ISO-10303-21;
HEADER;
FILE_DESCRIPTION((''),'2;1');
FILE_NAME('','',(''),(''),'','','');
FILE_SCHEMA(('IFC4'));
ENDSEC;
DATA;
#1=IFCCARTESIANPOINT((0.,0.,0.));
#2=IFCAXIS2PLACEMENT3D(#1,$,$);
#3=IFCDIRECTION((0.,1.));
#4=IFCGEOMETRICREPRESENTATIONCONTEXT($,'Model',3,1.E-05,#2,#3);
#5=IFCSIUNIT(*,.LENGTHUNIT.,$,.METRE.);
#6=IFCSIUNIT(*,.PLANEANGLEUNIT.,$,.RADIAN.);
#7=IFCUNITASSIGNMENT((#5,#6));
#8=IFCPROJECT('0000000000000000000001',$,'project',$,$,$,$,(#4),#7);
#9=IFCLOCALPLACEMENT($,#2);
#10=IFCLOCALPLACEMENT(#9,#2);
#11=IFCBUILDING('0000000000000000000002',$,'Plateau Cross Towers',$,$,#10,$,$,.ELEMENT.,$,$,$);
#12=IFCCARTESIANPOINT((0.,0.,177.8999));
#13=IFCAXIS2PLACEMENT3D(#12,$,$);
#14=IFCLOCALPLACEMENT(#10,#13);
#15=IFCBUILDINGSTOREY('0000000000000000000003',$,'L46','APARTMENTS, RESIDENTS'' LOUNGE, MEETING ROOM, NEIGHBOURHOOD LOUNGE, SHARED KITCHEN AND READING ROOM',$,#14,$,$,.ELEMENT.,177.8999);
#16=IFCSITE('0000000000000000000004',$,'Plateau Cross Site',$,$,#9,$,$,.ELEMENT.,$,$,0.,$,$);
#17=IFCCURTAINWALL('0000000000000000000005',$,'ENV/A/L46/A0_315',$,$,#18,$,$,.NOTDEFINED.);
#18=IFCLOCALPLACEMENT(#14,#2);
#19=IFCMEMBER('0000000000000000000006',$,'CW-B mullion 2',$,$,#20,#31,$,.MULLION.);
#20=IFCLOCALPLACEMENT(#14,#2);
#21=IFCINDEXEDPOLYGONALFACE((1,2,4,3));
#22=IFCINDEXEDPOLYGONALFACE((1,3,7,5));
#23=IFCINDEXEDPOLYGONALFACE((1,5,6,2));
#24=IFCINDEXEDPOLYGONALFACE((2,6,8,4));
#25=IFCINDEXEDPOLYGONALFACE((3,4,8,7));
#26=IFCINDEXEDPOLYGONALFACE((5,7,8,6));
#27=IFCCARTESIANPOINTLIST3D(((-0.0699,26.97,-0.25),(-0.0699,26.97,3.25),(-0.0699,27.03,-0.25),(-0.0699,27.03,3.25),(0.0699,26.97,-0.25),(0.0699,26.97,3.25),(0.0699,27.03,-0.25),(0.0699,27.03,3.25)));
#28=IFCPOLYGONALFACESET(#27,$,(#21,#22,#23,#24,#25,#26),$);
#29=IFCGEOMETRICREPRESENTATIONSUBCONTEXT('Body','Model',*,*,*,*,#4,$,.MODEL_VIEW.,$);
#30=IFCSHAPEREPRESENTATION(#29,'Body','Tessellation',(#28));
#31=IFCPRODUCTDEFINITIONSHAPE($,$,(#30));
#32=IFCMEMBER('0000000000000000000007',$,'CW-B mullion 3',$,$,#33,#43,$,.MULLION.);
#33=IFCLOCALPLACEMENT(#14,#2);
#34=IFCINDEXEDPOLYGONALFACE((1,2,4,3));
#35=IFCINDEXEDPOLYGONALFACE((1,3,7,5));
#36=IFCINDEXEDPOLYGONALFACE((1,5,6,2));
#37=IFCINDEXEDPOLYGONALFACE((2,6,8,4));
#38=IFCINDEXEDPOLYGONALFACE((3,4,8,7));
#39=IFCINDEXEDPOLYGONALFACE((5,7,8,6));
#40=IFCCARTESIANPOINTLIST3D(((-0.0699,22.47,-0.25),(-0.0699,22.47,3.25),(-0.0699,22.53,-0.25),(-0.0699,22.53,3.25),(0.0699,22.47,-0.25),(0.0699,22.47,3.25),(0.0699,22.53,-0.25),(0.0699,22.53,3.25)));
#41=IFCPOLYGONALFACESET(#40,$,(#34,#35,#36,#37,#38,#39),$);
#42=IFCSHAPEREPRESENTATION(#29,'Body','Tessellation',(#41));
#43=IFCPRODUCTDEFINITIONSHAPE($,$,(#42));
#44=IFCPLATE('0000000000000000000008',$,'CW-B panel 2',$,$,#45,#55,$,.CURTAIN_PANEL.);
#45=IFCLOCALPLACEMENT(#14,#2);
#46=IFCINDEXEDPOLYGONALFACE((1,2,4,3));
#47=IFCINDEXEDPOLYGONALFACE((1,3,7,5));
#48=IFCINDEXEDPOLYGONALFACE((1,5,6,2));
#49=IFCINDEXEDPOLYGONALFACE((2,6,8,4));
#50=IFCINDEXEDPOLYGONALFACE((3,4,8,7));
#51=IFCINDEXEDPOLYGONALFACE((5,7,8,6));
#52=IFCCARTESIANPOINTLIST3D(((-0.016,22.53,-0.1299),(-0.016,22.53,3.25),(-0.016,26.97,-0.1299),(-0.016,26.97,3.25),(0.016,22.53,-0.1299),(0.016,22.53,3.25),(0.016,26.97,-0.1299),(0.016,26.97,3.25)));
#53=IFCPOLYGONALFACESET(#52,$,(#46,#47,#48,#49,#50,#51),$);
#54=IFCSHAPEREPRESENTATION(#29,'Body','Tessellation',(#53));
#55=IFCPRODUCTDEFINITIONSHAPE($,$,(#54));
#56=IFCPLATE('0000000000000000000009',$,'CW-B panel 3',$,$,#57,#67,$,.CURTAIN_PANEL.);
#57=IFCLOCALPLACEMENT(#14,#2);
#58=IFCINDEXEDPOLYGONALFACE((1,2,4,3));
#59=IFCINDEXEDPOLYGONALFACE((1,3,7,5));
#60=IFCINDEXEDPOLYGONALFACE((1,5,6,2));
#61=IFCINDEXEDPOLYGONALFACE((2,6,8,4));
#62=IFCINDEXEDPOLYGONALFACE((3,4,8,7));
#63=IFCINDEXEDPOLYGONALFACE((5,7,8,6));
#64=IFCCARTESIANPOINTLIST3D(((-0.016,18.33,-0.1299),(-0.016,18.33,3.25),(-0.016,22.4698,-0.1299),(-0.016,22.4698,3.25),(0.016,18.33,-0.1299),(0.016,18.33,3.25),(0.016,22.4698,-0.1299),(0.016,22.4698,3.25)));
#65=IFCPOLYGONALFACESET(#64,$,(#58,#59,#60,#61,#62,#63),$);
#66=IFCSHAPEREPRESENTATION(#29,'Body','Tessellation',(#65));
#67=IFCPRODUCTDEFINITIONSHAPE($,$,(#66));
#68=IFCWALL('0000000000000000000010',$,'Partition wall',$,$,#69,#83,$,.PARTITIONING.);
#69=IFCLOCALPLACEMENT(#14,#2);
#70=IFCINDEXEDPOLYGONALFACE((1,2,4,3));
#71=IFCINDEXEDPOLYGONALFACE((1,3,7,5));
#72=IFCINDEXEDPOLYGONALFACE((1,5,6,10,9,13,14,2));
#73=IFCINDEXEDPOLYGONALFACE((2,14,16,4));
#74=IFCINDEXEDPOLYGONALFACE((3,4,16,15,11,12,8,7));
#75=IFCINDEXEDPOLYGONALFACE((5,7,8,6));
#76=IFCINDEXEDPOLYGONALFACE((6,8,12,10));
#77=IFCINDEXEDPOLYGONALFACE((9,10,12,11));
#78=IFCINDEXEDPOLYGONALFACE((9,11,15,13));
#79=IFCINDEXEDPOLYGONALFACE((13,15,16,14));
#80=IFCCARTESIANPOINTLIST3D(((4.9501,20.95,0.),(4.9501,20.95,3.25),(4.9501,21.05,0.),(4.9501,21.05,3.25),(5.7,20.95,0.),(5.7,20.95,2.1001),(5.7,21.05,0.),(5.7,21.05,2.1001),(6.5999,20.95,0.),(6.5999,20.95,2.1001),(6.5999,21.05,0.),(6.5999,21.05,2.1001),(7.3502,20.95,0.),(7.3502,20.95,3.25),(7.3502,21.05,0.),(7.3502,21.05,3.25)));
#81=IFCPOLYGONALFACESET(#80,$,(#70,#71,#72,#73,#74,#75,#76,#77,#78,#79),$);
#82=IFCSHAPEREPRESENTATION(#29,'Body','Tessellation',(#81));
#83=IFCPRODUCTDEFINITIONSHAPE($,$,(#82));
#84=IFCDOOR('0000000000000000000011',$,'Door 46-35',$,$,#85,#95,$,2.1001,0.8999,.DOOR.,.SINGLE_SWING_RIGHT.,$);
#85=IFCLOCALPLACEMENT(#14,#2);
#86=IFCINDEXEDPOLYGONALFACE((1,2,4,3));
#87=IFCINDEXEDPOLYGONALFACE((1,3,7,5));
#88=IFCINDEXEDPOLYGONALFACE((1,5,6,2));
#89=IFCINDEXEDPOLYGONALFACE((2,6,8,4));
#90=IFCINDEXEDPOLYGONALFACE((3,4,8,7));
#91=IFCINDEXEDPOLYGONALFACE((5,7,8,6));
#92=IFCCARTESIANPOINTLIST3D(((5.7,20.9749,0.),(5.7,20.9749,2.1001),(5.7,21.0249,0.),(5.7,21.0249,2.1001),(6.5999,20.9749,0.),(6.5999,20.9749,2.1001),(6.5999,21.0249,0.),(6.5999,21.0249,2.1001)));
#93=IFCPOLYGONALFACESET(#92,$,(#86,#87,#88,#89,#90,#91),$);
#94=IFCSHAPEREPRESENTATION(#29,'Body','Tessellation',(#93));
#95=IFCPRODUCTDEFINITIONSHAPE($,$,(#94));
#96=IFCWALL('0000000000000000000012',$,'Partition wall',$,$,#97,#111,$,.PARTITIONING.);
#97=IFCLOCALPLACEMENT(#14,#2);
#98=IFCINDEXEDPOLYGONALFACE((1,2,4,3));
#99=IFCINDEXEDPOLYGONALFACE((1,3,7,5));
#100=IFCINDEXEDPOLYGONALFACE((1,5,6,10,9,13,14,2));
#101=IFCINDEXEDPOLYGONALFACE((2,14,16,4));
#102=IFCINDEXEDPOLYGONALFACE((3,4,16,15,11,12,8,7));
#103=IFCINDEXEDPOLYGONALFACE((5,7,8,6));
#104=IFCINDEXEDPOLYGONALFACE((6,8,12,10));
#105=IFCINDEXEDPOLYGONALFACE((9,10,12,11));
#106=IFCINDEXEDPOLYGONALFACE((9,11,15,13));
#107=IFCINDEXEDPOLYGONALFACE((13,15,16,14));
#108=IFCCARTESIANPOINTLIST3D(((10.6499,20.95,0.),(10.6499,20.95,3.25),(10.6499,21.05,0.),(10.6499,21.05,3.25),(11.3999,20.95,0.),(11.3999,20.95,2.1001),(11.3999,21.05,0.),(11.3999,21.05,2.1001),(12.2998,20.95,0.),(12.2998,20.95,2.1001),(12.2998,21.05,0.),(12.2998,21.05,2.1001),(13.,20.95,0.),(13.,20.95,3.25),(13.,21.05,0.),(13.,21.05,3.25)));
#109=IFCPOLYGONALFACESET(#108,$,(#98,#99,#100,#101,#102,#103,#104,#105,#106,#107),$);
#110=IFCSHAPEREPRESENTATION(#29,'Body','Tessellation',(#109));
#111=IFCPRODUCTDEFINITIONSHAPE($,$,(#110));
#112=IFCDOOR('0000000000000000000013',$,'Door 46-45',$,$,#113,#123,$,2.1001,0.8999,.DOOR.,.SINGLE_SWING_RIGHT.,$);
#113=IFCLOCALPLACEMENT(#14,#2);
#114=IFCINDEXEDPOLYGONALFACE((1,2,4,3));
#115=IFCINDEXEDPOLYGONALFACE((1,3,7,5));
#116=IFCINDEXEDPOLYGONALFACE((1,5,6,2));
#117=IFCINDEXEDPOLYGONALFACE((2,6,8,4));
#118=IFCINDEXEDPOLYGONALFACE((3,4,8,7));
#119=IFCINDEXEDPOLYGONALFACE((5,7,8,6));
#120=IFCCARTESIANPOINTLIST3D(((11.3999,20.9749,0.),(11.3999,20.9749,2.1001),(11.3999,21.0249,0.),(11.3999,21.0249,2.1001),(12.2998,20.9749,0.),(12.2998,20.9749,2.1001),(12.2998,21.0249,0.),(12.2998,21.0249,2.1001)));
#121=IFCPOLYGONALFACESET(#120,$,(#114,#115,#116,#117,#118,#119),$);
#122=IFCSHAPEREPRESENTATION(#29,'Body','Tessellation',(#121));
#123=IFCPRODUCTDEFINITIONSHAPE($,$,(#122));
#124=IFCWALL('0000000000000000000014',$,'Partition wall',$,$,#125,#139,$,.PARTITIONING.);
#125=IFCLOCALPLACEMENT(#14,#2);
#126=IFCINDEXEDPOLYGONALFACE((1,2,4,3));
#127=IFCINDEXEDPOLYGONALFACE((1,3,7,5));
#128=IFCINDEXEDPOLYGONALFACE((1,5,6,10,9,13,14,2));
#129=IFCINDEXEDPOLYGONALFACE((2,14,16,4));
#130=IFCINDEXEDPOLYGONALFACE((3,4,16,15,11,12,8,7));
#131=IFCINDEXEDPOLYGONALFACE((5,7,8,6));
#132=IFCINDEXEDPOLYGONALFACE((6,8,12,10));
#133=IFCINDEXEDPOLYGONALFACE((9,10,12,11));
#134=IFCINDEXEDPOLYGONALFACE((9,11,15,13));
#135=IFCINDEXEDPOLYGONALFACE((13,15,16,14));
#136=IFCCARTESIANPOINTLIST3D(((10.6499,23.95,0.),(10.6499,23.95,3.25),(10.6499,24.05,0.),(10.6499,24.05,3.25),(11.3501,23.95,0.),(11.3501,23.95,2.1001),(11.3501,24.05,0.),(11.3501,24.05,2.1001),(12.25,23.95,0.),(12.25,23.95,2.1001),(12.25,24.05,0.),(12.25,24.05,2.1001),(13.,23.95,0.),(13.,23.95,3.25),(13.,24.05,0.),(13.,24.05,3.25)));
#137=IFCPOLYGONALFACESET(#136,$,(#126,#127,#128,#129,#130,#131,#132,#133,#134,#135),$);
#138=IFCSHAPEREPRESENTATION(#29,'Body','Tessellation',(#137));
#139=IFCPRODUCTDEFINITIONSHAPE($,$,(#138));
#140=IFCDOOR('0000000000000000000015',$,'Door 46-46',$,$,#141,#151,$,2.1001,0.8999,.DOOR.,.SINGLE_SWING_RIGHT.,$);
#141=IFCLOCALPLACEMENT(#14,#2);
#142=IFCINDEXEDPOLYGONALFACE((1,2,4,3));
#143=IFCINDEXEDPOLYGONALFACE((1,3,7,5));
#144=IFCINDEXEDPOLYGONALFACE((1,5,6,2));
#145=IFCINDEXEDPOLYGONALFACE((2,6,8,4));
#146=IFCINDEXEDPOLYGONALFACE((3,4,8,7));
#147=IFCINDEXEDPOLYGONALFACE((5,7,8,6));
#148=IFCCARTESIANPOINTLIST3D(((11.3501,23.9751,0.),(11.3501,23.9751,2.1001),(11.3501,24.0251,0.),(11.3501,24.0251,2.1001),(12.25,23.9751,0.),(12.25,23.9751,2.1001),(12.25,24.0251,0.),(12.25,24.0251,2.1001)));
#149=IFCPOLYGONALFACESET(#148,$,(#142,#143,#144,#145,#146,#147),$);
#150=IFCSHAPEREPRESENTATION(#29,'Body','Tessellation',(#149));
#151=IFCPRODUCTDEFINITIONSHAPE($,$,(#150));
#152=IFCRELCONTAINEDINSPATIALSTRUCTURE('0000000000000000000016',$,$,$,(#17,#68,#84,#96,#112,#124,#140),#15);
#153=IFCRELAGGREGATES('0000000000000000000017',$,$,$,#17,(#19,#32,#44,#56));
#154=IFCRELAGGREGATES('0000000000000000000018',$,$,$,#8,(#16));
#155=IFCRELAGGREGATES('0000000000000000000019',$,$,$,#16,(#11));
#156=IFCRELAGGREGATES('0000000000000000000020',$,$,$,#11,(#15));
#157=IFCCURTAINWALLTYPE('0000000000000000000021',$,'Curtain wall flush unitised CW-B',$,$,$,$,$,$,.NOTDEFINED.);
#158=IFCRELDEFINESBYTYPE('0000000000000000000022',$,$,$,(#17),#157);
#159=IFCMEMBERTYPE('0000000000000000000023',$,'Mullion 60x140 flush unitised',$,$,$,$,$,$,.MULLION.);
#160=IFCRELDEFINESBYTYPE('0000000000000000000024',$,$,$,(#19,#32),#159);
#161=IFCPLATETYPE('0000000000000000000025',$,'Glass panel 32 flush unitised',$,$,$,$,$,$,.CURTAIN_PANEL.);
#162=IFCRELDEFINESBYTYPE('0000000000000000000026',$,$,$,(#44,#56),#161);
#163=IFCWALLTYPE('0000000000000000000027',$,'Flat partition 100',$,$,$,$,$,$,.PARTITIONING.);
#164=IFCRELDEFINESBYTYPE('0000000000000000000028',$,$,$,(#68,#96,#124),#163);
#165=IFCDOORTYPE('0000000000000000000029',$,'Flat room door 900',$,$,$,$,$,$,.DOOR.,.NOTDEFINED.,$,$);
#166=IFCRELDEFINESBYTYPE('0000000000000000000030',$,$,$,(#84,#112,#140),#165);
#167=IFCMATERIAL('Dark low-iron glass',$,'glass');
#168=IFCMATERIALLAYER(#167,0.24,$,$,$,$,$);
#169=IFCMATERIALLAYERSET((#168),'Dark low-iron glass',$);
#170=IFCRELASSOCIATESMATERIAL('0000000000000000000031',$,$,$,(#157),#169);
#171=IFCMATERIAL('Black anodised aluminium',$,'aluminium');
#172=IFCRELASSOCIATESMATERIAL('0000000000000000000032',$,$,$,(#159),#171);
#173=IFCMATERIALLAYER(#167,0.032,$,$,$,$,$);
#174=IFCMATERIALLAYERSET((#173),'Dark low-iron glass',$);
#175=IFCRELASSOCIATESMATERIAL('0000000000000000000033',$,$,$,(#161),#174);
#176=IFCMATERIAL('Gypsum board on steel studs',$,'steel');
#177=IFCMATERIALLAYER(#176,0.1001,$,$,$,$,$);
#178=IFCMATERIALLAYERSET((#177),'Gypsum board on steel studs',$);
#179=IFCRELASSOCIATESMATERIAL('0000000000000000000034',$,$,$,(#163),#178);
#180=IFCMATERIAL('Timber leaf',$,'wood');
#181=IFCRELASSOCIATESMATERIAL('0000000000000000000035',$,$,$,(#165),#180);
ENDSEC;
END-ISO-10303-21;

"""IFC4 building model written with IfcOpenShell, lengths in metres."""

from ifc_helpers import new_model, si_unit, direction, frame, frame_2d, origin, origin_2d, place, context, subcontext, project, spatial, rectangle, extrude, material, layer, layer_set, material_profile, profile_set, type_object, element, fill, aggregate, save


model = new_model("IFC4")

# Units and contexts
model_context = context("Model", 3, precision=1e-05, world=origin(), true_north=direction((0.0, 1.0)))
body_context = subcontext(model_context, "Body", "Model", "MODEL_VIEW")
ifc_project = project(units=[si_unit("LENGTHUNIT", "METRE"), si_unit("PLANEANGLEUNIT", "RADIAN")], contexts=[model_context])

# Site, building, storey
site_placement = place(None, origin())
site = spatial("IfcSite", under=ifc_project, at=site_placement, Name="Plateau Cross Site", CompositionType="ELEMENT", RefElevation=0.0)
building_placement = place(site_placement, origin())
building = spatial("IfcBuilding", under=site, at=building_placement, Name="Plateau Cross Towers", CompositionType="ELEMENT")
storey_placement = place(building_placement, frame((0.0, 0.0, 177.8999)))
storey = spatial("IfcBuildingStorey", under=building, at=storey_placement, Name="L46", Description="APARTMENTS, RESIDENTS' LOUNGE, MEETING ROOM, NEIGHBOURHOOD LOUNGE, SHARED KITCHEN AND READING ROOM", CompositionType="ELEMENT", Elevation=177.8999)

# Curtain wall, members, plates
ifc_material_1 = material(Name="Dark low-iron glass", Category="glass")
ifc_layer_1 = layer(ifc_material_1, 0.24)
ifc_layer_set_1 = layer_set([ifc_layer_1], Name="Dark low-iron glass")
curtain_wall_type = type_object("IfcCurtainWallType", Name="Curtain wall flush unitised CW-B", PredefinedType="NOTDEFINED", material=ifc_layer_set_1)
curtain_wall_placement = place(storey_placement, origin())
curtain_wall = element("IfcCurtainWall", 1, at=curtain_wall_placement, inside=storey, type_object=curtain_wall_type, Name="ENV/A/L46/A0_315", PredefinedType="NOTDEFINED")
ifc_material_2 = material(Name="Black anodised aluminium", Category="aluminium")
ifc_material_profile = material_profile(ifc_material_2, rectangle(XDim=0.0601, YDim=0.1399, at=origin_2d()), Name="MULLION 60x140")
ifc_profile_set = profile_set([ifc_material_profile], Name="Black anodised aluminium")
member_type = type_object("IfcMemberType", Name="Mullion 60x140 flush unitised", PredefinedType="MULLION", material=ifc_profile_set)
member_1_placement = place(storey_placement, frame((0.0, 27.0, -0.25), z_axis=(0.0, 0.0, 1.0), x_axis=(0.0, -1.0, 0.0)))
member_1 = element("IfcMember", 2, at=member_1_placement, type_object=member_type, Name="CW-B mullion 2", PredefinedType="MULLION", context=body_context, shape_type="SweptSolid", body=[
    extrude(rectangle(XDim=0.0601, YDim=0.1399, at=origin_2d()), origin(), (0.0, 0.0, 1.0), 3.5),
])
member_2_placement = place(storey_placement, frame((0.0, 22.5, -0.25), z_axis=(0.0, 0.0, 1.0), x_axis=(0.0, -1.0, 0.0)))
member_2 = element("IfcMember", 3, at=member_2_placement, type_object=member_type, Name="CW-B mullion 3", PredefinedType="MULLION", context=body_context, shape_type="SweptSolid", body=[
    extrude(rectangle(XDim=0.0601, YDim=0.1399, at=origin_2d()), origin(), (0.0, 0.0, 1.0), 3.5),
])
ifc_layer_2 = layer(ifc_material_1, 0.032)
ifc_layer_set_2 = layer_set([ifc_layer_2], Name="Dark low-iron glass")
plate_type = type_object("IfcPlateType", Name="Glass panel 32 flush unitised", PredefinedType="CURTAIN_PANEL", material=ifc_layer_set_2)
plate_1_placement = place(storey_placement, frame((0.0, 24.75, -0.1299), z_axis=(0.0, 0.0, 1.0), x_axis=(0.0, -1.0, 0.0)))
plate_1 = element("IfcPlate", 4, at=plate_1_placement, type_object=plate_type, Name="CW-B panel 2", PredefinedType="CURTAIN_PANEL", context=body_context, shape_type="SweptSolid", body=[
    extrude(rectangle(XDim=4.4399, YDim=0.032, at=origin_2d()), origin(), (0.0, 0.0, 1.0), 3.3799),
])
plate_2_placement = place(storey_placement, frame((0.0, 20.3999, -0.1299), z_axis=(0.0, 0.0, 1.0), x_axis=(0.0, -1.0, 0.0)))
plate_2 = element("IfcPlate", 5, at=plate_2_placement, type_object=plate_type, Name="CW-B panel 3", PredefinedType="CURTAIN_PANEL", context=body_context, shape_type="SweptSolid", body=[
    extrude(rectangle(XDim=4.1399, YDim=0.032, at=origin_2d()), origin(), (0.0, 0.0, 1.0), 3.3799),
])
aggregate(curtain_wall, [member_1, member_2, plate_1, plate_2])

# Walls, openings, doors
ifc_material_3 = material(Name="Gypsum board on steel studs", Category="steel")
ifc_layer_3 = layer(ifc_material_3, 0.1001)
ifc_layer_set_3 = layer_set([ifc_layer_3], Name="Gypsum board on steel studs")
wall_type_1 = type_object("IfcWallType", Name="Flat partition 100", PredefinedType="PARTITIONING", material=ifc_layer_set_3)
wall_1_placement = place(storey_placement, frame((4.95, 21.0, 0.0), z_axis=(0.0, 0.0, 1.0), x_axis=(1.0, 0.0, 0.0)))
wall_1 = element("IfcWall", 6, at=wall_1_placement, inside=storey, type_object=wall_type_1, Name="Partition wall", PredefinedType="PARTITIONING", context=body_context, shape_type="SweptSolid", body=[
    extrude(rectangle(XDim=2.4001, YDim=0.1001, at=frame_2d((1.2002, 0.0))), origin(), (0.0, 0.0, 1.0), 3.25),
])
opening_1_placement = place(wall_1_placement, frame((0.75, 0.0, 0.0)))
opening_1 = element("IfcOpeningElement", 7, at=opening_1_placement, cuts=wall_1, PredefinedType="OPENING", context=body_context, shape_type="SweptSolid", body=[
    extrude(rectangle(XDim=0.8999, YDim=2.1001, at=frame_2d((0.45, 1.05))), frame((0.0, 0.0601, 0.0), z_axis=(0.0, -1.0, 0.0), x_axis=(1.0, 0.0, 0.0)), (0.0, 0.0, 1.0), 0.1201),
])
ifc_material_4 = material(Name="Timber leaf", Category="wood")
door_type_1 = type_object("IfcDoorType", Name="Flat room door 900", OperationType="NOTDEFINED", PredefinedType="DOOR", material=ifc_material_4)
door_1_placement = place(opening_1_placement, origin())
door_1 = element("IfcDoor", 8, at=door_1_placement, inside=storey, type_object=door_type_1, Name="Door 46-35", OperationType="SINGLE_SWING_RIGHT", OverallHeight=2.1001, OverallWidth=0.8999, PredefinedType="DOOR", context=body_context, shape_type="SweptSolid", body=[
    extrude(rectangle(XDim=0.8999, YDim=2.1001, at=frame_2d((0.45, 1.05))), frame((0.0, 0.0249, 0.0), z_axis=(0.0, -1.0, 0.0), x_axis=(1.0, 0.0, 0.0)), (0.0, 0.0, 1.0), 0.05),
])
fill(opening_1, door_1)
wall_2_placement = place(storey_placement, frame((10.6499, 21.0, 0.0), z_axis=(0.0, 0.0, 1.0), x_axis=(1.0, 0.0, 0.0)))
wall_2 = element("IfcWall", 9, at=wall_2_placement, inside=storey, type_object=wall_type_1, Name="Partition wall", PredefinedType="PARTITIONING", context=body_context, shape_type="SweptSolid", body=[
    extrude(rectangle(XDim=2.3501, YDim=0.1001, at=frame_2d((1.175, 0.0))), origin(), (0.0, 0.0, 1.0), 3.25),
])
opening_2_placement = place(wall_2_placement, frame((0.75, 0.0, 0.0)))
opening_2 = element("IfcOpeningElement", 10, at=opening_2_placement, cuts=wall_2, PredefinedType="OPENING", context=body_context, shape_type="SweptSolid", body=[
    extrude(rectangle(XDim=0.8999, YDim=2.1001, at=frame_2d((0.45, 1.05))), frame((0.0, 0.0601, 0.0), z_axis=(0.0, -1.0, 0.0), x_axis=(1.0, 0.0, 0.0)), (0.0, 0.0, 1.0), 0.1201),
])
door_2_placement = place(opening_2_placement, origin())
door_2 = element("IfcDoor", 11, at=door_2_placement, inside=storey, type_object=door_type_1, Name="Door 46-45", OperationType="SINGLE_SWING_RIGHT", OverallHeight=2.1001, OverallWidth=0.8999, PredefinedType="DOOR", context=body_context, shape_type="SweptSolid", body=[
    extrude(rectangle(XDim=0.8999, YDim=2.1001, at=frame_2d((0.45, 1.05))), frame((0.0, 0.0249, 0.0), z_axis=(0.0, -1.0, 0.0), x_axis=(1.0, 0.0, 0.0)), (0.0, 0.0, 1.0), 0.05),
])
fill(opening_2, door_2)
wall_3_placement = place(storey_placement, frame((13.0, 24.0, 0.0), z_axis=(0.0, 0.0, 1.0), x_axis=(-1.0, 0.0, 0.0)))
wall_3 = element("IfcWall", 12, at=wall_3_placement, inside=storey, type_object=wall_type_1, Name="Partition wall", PredefinedType="PARTITIONING", context=body_context, shape_type="SweptSolid", body=[
    extrude(rectangle(XDim=2.3501, YDim=0.1001, at=frame_2d((1.175, 0.0))), origin(), (0.0, 0.0, 1.0), 3.25),
])
opening_3_placement = place(wall_3_placement, frame((0.75, 0.0, 0.0)))
opening_3 = element("IfcOpeningElement", 13, at=opening_3_placement, cuts=wall_3, PredefinedType="OPENING", context=body_context, shape_type="SweptSolid", body=[
    extrude(rectangle(XDim=0.8999, YDim=2.1001, at=frame_2d((0.45, 1.05))), frame((0.0, 0.0601, 0.0), z_axis=(0.0, -1.0, 0.0), x_axis=(1.0, 0.0, 0.0)), (0.0, 0.0, 1.0), 0.1201),
])
door_3_placement = place(opening_3_placement, origin())
door_3 = element("IfcDoor", 14, at=door_3_placement, inside=storey, type_object=door_type_1, Name="Door 46-46", OperationType="SINGLE_SWING_RIGHT", OverallHeight=2.1001, OverallWidth=0.8999, PredefinedType="DOOR", context=body_context, shape_type="SweptSolid", body=[
    extrude(rectangle(XDim=0.8999, YDim=2.1001, at=frame_2d((0.45, 1.05))), frame((0.0, 0.0249, 0.0), z_axis=(0.0, -1.0, 0.0), x_axis=(1.0, 0.0, 0.0)), (0.0, 0.0, 1.0), 0.05),
])
fill(opening_3, door_3)

save(model, "model.ifc")
